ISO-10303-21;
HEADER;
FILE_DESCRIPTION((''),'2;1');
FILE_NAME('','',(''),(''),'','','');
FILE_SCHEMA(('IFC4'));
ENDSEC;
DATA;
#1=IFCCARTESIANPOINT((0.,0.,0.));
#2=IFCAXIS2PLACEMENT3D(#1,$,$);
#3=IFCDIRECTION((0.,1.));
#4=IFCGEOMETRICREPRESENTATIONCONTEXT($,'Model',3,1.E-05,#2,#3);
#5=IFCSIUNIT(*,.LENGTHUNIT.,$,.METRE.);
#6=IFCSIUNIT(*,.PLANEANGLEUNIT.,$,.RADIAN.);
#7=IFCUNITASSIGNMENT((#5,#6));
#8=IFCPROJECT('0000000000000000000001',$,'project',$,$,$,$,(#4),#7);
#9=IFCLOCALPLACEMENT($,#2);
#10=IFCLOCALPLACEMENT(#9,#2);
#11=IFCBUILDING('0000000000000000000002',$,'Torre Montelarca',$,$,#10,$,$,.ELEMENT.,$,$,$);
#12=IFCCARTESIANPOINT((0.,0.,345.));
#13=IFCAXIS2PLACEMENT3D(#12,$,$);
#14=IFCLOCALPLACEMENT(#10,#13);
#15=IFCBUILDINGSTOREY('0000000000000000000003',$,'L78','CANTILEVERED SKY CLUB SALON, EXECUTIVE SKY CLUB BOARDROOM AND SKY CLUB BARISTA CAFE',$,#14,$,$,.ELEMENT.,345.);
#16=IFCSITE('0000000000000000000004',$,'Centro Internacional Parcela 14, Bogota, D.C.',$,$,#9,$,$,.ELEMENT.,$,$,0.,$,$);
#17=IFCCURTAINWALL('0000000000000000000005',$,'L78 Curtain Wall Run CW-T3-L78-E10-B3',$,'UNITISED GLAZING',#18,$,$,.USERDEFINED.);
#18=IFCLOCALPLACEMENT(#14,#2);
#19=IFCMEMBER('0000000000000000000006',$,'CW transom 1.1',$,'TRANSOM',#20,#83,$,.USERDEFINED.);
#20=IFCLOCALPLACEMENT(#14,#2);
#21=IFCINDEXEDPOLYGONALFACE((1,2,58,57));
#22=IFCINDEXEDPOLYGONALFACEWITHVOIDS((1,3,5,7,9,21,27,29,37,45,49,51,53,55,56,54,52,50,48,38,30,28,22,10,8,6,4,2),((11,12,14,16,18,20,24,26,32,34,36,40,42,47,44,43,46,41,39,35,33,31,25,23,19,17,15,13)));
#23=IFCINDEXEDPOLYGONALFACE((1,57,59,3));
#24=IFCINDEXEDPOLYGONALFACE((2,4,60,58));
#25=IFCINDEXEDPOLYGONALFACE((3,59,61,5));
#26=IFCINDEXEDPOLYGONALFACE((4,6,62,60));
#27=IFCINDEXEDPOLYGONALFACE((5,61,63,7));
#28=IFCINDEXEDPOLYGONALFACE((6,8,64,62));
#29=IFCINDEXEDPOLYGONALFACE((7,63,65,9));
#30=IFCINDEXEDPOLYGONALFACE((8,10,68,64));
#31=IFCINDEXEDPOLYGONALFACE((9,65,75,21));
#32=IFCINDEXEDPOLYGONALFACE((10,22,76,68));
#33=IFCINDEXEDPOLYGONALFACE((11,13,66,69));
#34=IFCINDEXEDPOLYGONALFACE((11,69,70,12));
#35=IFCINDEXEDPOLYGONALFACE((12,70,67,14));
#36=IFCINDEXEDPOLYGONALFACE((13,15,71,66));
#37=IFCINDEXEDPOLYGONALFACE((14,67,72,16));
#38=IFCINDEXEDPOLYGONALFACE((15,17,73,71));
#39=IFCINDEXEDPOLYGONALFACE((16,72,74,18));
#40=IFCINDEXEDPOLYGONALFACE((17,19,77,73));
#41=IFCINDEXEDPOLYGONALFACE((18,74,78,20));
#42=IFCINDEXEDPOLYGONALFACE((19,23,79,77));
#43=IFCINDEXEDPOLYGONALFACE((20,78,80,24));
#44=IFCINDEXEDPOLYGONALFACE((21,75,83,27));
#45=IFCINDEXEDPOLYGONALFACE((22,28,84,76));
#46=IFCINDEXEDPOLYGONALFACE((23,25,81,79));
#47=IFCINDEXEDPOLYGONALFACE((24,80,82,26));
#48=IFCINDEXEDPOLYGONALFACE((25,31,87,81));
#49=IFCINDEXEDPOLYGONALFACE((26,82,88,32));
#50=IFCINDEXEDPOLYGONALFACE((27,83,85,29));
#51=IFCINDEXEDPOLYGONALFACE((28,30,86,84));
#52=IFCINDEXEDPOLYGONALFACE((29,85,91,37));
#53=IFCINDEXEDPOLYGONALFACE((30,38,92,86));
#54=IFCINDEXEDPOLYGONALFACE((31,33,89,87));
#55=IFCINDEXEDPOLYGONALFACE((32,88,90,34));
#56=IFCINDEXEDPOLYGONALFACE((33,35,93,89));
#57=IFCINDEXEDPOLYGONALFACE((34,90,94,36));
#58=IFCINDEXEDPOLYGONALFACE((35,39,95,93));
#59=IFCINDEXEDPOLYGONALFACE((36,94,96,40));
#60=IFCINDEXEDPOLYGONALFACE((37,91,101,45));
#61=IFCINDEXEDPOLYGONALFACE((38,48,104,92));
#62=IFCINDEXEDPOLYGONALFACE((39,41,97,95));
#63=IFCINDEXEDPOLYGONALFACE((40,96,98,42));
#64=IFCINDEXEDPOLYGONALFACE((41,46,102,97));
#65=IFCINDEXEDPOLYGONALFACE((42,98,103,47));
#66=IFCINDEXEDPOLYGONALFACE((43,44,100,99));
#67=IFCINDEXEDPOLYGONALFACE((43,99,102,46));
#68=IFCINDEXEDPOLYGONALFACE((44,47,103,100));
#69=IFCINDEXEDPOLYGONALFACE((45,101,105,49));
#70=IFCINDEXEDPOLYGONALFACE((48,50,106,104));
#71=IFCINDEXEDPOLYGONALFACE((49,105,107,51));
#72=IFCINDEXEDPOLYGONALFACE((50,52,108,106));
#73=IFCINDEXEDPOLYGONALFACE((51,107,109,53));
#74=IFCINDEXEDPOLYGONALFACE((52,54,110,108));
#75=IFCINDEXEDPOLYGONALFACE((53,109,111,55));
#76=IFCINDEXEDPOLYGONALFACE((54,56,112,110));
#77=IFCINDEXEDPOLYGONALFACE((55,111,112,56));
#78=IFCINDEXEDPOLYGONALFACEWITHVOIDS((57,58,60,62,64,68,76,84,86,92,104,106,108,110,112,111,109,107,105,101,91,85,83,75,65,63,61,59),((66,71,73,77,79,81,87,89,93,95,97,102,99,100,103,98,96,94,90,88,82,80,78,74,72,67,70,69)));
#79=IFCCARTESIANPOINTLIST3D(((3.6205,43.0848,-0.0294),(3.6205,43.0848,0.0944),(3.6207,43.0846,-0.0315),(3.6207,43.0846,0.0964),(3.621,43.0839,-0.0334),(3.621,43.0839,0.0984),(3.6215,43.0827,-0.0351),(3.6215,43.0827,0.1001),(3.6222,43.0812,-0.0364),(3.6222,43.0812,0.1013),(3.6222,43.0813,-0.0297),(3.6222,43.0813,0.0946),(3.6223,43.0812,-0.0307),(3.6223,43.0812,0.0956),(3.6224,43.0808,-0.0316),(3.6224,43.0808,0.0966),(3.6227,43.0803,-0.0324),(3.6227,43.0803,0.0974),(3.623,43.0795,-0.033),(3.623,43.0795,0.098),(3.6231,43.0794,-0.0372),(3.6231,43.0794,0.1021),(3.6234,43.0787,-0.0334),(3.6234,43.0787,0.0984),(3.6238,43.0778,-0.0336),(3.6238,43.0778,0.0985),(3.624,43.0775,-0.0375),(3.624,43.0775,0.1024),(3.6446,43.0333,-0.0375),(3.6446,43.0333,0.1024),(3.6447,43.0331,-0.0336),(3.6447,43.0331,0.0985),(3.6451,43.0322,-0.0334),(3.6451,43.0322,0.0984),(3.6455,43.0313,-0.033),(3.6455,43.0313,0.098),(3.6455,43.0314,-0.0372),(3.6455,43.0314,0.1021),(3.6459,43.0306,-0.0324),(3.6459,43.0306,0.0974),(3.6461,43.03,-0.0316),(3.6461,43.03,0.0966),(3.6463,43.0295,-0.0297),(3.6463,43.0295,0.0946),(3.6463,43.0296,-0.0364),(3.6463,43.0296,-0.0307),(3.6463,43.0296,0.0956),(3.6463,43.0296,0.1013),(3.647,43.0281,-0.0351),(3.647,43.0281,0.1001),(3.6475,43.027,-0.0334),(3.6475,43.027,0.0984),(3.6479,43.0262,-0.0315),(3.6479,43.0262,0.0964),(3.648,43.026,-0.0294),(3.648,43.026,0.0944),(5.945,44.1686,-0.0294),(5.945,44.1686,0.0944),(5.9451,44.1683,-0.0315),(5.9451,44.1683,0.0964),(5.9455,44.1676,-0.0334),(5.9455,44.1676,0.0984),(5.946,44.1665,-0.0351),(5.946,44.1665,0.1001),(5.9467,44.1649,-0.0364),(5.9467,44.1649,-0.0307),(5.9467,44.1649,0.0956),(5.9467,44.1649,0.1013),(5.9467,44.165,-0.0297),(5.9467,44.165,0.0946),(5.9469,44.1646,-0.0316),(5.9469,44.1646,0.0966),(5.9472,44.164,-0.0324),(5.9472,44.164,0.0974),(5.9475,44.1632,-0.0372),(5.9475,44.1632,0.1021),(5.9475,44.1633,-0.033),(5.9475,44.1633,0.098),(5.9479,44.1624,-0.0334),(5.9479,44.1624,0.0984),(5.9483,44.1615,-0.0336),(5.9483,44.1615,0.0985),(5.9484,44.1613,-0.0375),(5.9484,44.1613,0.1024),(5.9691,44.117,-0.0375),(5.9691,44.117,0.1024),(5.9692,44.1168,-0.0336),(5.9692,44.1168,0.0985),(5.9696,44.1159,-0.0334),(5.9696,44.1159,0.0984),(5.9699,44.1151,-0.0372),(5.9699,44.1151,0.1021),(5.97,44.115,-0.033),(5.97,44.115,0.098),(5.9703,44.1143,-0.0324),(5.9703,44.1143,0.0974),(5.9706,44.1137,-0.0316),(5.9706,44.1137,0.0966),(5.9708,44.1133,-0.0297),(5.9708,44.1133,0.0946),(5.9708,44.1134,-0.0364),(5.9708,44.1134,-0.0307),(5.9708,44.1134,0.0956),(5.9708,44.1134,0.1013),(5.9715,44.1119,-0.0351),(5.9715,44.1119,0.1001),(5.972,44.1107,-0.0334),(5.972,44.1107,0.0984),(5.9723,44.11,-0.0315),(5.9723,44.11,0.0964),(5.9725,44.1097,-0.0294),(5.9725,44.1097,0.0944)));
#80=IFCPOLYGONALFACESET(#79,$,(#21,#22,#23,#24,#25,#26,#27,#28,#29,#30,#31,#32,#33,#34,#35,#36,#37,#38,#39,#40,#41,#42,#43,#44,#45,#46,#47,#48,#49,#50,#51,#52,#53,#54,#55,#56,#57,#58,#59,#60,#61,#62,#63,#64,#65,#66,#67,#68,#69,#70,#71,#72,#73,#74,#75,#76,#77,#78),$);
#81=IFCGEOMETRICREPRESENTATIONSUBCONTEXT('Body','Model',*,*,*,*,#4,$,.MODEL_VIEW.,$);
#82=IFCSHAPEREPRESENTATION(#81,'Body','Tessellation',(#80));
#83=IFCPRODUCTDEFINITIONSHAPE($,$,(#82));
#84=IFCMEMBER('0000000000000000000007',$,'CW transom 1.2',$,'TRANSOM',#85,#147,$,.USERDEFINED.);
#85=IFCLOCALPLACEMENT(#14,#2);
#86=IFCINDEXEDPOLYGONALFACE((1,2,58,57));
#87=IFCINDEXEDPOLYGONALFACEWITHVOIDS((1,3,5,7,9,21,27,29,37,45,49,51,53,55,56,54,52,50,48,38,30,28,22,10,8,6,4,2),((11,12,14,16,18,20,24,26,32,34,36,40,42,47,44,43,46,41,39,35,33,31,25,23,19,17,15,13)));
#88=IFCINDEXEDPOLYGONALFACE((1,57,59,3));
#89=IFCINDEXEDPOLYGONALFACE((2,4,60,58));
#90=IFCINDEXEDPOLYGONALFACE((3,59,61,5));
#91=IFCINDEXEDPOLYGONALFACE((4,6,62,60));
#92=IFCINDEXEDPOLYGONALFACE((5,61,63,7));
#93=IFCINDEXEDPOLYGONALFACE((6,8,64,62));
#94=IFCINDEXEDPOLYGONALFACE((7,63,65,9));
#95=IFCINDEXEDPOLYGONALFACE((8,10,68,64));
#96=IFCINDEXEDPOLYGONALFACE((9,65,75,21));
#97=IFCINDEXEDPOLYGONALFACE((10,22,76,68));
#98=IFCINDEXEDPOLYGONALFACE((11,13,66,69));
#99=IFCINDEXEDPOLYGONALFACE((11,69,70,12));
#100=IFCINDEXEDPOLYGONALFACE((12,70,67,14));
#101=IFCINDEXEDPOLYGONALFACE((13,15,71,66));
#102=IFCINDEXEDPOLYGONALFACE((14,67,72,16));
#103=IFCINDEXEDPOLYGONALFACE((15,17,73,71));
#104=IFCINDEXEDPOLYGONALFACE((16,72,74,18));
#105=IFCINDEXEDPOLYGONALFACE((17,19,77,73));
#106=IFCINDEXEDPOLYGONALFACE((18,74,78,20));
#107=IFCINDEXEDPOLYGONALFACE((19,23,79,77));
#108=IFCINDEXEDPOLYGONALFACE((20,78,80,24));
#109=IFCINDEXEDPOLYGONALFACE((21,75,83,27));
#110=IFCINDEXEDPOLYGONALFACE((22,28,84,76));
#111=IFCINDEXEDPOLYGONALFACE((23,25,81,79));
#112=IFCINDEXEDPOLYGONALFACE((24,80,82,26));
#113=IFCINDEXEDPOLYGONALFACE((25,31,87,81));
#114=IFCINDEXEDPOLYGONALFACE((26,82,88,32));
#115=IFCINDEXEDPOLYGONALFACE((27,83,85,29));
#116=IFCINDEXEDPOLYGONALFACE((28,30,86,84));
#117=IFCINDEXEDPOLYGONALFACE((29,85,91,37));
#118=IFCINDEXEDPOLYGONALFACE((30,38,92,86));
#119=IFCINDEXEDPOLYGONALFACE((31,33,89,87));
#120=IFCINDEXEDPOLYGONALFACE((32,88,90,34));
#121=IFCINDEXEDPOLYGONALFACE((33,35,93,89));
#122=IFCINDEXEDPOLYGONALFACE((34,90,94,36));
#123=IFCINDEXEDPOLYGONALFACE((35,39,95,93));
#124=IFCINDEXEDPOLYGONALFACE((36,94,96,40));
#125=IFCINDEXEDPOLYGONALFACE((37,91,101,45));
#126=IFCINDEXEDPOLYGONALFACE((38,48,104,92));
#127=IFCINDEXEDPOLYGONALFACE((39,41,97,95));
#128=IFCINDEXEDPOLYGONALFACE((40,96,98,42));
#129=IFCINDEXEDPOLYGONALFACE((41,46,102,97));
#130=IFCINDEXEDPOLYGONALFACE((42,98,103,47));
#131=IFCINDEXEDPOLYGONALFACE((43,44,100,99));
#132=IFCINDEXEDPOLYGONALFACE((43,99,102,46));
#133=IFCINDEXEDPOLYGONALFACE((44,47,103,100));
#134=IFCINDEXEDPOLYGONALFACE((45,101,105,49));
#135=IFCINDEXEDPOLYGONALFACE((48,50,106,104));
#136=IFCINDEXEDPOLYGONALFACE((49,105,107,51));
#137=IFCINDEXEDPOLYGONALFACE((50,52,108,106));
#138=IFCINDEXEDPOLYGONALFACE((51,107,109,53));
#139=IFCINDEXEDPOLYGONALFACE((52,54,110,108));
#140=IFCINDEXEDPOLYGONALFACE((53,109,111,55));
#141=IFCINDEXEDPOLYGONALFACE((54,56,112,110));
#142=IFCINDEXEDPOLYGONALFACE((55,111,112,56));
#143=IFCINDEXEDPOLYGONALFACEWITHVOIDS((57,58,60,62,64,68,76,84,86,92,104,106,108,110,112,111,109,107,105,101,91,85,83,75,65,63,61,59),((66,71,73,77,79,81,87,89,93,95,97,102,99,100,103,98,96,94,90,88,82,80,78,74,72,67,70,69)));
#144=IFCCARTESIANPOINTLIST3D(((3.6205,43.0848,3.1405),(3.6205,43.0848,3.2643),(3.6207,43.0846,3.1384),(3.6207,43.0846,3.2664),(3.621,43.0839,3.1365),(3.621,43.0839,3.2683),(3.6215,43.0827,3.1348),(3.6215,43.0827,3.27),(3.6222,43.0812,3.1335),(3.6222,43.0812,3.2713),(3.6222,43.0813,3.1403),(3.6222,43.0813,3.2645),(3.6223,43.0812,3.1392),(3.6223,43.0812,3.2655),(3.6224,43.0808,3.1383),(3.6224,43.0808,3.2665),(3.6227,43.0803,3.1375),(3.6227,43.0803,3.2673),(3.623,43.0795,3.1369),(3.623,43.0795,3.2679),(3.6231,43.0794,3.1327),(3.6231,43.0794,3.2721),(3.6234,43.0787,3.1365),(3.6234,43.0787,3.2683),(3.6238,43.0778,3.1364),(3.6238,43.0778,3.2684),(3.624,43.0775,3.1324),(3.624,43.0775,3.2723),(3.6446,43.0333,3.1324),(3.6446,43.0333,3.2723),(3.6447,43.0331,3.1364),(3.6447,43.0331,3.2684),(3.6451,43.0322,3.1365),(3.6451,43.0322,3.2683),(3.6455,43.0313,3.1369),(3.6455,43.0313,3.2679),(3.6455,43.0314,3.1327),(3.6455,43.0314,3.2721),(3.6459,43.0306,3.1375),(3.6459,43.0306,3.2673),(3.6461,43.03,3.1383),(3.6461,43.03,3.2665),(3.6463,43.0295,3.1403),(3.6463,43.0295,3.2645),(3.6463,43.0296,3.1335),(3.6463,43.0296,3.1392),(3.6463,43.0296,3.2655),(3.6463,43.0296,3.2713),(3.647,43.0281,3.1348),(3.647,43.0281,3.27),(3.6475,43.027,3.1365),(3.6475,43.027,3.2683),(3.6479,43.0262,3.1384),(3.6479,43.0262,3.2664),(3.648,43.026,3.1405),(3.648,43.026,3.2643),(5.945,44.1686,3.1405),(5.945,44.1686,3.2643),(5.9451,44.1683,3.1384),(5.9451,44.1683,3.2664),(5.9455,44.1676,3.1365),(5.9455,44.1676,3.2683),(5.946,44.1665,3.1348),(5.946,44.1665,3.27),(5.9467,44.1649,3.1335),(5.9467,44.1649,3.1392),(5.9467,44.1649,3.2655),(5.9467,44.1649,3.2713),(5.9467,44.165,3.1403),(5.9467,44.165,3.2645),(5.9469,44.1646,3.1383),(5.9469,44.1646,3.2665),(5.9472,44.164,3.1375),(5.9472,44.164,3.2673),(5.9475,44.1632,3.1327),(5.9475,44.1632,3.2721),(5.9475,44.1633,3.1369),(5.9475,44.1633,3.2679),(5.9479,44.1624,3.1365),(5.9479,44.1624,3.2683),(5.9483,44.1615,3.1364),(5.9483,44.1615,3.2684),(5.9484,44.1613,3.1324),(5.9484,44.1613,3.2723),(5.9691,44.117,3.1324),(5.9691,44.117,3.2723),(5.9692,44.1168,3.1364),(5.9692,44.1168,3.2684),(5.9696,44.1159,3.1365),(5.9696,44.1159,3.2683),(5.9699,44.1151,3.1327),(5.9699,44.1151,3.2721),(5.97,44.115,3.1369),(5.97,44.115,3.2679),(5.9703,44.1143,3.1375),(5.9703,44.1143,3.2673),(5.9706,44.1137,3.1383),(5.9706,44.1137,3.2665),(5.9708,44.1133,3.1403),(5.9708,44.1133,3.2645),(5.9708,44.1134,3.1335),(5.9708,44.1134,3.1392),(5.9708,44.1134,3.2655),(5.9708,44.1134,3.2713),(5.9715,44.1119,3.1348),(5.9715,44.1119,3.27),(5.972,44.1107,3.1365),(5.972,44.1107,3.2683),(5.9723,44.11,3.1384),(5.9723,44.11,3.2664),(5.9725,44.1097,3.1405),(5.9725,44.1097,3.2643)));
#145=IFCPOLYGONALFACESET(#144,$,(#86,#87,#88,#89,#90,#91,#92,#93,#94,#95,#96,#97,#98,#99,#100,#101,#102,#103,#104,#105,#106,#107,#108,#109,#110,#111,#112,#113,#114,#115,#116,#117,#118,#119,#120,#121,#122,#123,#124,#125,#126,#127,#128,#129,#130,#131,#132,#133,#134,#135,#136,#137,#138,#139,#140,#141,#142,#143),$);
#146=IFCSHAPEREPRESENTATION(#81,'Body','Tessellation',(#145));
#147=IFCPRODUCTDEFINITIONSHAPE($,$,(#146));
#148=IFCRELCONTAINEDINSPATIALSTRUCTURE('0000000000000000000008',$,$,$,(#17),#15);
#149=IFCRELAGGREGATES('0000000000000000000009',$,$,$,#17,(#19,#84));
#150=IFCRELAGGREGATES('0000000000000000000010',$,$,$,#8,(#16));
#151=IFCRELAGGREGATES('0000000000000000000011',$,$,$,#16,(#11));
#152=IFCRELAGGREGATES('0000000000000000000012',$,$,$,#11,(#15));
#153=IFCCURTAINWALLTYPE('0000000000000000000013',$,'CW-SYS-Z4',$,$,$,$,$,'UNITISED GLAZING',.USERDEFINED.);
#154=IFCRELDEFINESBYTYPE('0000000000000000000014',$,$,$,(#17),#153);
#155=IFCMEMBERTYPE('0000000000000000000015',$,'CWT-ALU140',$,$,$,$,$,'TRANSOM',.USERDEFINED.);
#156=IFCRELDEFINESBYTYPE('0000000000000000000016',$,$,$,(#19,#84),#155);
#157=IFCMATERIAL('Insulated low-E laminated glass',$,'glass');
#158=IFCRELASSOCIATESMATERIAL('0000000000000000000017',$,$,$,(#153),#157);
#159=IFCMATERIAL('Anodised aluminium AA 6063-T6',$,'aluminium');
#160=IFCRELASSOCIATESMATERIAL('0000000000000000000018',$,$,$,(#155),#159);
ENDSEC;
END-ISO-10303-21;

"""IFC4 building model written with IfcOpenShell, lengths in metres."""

from ifc_helpers import new_model, si_unit, direction, frame, origin, origin_2d, place, context, subcontext, project, spatial, hollow_rectangle, extrude, source, transform, mapped, material, material_profile, profile_set, type_object, element, aggregate, save


model = new_model("IFC4")

# Units and contexts
model_context = context("Model", 3, precision=1e-05, world=origin(), true_north=direction((0.0, 1.0)))
body_context = subcontext(model_context, "Body", "Model", "MODEL_VIEW")
ifc_project = project(units=[si_unit("LENGTHUNIT", "METRE"), si_unit("PLANEANGLEUNIT", "RADIAN")], contexts=[model_context])

# Site, building, storey
site_placement = place(None, origin())
site = spatial("IfcSite", under=ifc_project, at=site_placement, Name="Centro Internacional Parcela 14, Bogota, D.C.", CompositionType="ELEMENT", RefElevation=0.0)
building_placement = place(site_placement, origin())
building = spatial("IfcBuilding", under=site, at=building_placement, Name="Torre Montelarca", CompositionType="ELEMENT")
storey_placement = place(building_placement, frame((0.0, 0.0, 345.0)))
storey = spatial("IfcBuildingStorey", under=building, at=storey_placement, Name="L78", Description="CANTILEVERED SKY CLUB SALON, EXECUTIVE SKY CLUB BOARDROOM AND SKY CLUB BARISTA CAFE", CompositionType="ELEMENT", Elevation=345.0)

# Curtain wall, members
ifc_material_1 = material(Name="Insulated low-E laminated glass", Category="glass")
curtain_wall_type = type_object("IfcCurtainWallType", Name="CW-SYS-Z4", ElementType="UNITISED GLAZING", PredefinedType="USERDEFINED", material=ifc_material_1)
ifc_material_2 = material(Name="Anodised aluminium AA 6063-T6", Category="aluminium")
ifc_material_profile_1 = material_profile(ifc_material_2, hollow_rectangle(XDim=0.0649, YDim=0.1399, WallThickness=0.0039, InnerFilletRadius=0.0039, OuterFilletRadius=0.0081, at=origin_2d()), Name="ALU65X140X4", Category="aluminium")
ifc_profile_set_1 = profile_set([ifc_material_profile_1], Name="Anodised aluminium AA 6063-T6")
member_type_1 = type_object("IfcMemberType", Name="CWT-ALU140", ElementType="TRANSOM", PredefinedType="USERDEFINED", material=ifc_profile_set_1)
curtain_wall_1_placement = place(storey_placement, origin())
curtain_wall_1 = element("IfcCurtainWall", 1, at=curtain_wall_1_placement, inside=storey, type_object=curtain_wall_type, Name="L78 Curtain Wall Run CW-T3-L78-E10-B3", ObjectType="UNITISED GLAZING", PredefinedType="USERDEFINED")
shared_shape_1 = source(origin(), body_context, "Body", "SweptSolid", [
    extrude(hollow_rectangle(XDim=0.0649, YDim=0.1399, WallThickness=0.0039, InnerFilletRadius=0.0039, OuterFilletRadius=0.0081, at=origin_2d()), origin(), (0.0, 0.0, 1.0), 2.5647),
])
member_1_placement = place(storey_placement, frame((5.9587, 44.1392, 0.0325), z_axis=(-0.906334, -0.422562, 0.0), x_axis=(0.422562, -0.906334, 0.0)))
member_1 = element("IfcMember", 2, at=member_1_placement, type_object=member_type_1, Name="CW transom 1.1", ObjectType="TRANSOM", PredefinedType="USERDEFINED", context=body_context, shape_type="MappedRepresentation", body=[
    mapped(shared_shape_1, transform((0.0, 0.0, 0.0), scale=1.0)),
])
member_2_placement = place(storey_placement, frame((5.9587, 44.1392, 3.2024), z_axis=(-0.906334, -0.422562, 0.0), x_axis=(0.422562, -0.906334, 0.0)))
member_2 = element("IfcMember", 3, at=member_2_placement, type_object=member_type_1, Name="CW transom 1.2", ObjectType="TRANSOM", PredefinedType="USERDEFINED", context=body_context, shape_type="MappedRepresentation", body=[
    mapped(shared_shape_1, transform((0.0, 0.0, 0.0), scale=1.0)),
])

aggregate(curtain_wall_1, [member_1, member_2])

save(model, "model.ifc")
